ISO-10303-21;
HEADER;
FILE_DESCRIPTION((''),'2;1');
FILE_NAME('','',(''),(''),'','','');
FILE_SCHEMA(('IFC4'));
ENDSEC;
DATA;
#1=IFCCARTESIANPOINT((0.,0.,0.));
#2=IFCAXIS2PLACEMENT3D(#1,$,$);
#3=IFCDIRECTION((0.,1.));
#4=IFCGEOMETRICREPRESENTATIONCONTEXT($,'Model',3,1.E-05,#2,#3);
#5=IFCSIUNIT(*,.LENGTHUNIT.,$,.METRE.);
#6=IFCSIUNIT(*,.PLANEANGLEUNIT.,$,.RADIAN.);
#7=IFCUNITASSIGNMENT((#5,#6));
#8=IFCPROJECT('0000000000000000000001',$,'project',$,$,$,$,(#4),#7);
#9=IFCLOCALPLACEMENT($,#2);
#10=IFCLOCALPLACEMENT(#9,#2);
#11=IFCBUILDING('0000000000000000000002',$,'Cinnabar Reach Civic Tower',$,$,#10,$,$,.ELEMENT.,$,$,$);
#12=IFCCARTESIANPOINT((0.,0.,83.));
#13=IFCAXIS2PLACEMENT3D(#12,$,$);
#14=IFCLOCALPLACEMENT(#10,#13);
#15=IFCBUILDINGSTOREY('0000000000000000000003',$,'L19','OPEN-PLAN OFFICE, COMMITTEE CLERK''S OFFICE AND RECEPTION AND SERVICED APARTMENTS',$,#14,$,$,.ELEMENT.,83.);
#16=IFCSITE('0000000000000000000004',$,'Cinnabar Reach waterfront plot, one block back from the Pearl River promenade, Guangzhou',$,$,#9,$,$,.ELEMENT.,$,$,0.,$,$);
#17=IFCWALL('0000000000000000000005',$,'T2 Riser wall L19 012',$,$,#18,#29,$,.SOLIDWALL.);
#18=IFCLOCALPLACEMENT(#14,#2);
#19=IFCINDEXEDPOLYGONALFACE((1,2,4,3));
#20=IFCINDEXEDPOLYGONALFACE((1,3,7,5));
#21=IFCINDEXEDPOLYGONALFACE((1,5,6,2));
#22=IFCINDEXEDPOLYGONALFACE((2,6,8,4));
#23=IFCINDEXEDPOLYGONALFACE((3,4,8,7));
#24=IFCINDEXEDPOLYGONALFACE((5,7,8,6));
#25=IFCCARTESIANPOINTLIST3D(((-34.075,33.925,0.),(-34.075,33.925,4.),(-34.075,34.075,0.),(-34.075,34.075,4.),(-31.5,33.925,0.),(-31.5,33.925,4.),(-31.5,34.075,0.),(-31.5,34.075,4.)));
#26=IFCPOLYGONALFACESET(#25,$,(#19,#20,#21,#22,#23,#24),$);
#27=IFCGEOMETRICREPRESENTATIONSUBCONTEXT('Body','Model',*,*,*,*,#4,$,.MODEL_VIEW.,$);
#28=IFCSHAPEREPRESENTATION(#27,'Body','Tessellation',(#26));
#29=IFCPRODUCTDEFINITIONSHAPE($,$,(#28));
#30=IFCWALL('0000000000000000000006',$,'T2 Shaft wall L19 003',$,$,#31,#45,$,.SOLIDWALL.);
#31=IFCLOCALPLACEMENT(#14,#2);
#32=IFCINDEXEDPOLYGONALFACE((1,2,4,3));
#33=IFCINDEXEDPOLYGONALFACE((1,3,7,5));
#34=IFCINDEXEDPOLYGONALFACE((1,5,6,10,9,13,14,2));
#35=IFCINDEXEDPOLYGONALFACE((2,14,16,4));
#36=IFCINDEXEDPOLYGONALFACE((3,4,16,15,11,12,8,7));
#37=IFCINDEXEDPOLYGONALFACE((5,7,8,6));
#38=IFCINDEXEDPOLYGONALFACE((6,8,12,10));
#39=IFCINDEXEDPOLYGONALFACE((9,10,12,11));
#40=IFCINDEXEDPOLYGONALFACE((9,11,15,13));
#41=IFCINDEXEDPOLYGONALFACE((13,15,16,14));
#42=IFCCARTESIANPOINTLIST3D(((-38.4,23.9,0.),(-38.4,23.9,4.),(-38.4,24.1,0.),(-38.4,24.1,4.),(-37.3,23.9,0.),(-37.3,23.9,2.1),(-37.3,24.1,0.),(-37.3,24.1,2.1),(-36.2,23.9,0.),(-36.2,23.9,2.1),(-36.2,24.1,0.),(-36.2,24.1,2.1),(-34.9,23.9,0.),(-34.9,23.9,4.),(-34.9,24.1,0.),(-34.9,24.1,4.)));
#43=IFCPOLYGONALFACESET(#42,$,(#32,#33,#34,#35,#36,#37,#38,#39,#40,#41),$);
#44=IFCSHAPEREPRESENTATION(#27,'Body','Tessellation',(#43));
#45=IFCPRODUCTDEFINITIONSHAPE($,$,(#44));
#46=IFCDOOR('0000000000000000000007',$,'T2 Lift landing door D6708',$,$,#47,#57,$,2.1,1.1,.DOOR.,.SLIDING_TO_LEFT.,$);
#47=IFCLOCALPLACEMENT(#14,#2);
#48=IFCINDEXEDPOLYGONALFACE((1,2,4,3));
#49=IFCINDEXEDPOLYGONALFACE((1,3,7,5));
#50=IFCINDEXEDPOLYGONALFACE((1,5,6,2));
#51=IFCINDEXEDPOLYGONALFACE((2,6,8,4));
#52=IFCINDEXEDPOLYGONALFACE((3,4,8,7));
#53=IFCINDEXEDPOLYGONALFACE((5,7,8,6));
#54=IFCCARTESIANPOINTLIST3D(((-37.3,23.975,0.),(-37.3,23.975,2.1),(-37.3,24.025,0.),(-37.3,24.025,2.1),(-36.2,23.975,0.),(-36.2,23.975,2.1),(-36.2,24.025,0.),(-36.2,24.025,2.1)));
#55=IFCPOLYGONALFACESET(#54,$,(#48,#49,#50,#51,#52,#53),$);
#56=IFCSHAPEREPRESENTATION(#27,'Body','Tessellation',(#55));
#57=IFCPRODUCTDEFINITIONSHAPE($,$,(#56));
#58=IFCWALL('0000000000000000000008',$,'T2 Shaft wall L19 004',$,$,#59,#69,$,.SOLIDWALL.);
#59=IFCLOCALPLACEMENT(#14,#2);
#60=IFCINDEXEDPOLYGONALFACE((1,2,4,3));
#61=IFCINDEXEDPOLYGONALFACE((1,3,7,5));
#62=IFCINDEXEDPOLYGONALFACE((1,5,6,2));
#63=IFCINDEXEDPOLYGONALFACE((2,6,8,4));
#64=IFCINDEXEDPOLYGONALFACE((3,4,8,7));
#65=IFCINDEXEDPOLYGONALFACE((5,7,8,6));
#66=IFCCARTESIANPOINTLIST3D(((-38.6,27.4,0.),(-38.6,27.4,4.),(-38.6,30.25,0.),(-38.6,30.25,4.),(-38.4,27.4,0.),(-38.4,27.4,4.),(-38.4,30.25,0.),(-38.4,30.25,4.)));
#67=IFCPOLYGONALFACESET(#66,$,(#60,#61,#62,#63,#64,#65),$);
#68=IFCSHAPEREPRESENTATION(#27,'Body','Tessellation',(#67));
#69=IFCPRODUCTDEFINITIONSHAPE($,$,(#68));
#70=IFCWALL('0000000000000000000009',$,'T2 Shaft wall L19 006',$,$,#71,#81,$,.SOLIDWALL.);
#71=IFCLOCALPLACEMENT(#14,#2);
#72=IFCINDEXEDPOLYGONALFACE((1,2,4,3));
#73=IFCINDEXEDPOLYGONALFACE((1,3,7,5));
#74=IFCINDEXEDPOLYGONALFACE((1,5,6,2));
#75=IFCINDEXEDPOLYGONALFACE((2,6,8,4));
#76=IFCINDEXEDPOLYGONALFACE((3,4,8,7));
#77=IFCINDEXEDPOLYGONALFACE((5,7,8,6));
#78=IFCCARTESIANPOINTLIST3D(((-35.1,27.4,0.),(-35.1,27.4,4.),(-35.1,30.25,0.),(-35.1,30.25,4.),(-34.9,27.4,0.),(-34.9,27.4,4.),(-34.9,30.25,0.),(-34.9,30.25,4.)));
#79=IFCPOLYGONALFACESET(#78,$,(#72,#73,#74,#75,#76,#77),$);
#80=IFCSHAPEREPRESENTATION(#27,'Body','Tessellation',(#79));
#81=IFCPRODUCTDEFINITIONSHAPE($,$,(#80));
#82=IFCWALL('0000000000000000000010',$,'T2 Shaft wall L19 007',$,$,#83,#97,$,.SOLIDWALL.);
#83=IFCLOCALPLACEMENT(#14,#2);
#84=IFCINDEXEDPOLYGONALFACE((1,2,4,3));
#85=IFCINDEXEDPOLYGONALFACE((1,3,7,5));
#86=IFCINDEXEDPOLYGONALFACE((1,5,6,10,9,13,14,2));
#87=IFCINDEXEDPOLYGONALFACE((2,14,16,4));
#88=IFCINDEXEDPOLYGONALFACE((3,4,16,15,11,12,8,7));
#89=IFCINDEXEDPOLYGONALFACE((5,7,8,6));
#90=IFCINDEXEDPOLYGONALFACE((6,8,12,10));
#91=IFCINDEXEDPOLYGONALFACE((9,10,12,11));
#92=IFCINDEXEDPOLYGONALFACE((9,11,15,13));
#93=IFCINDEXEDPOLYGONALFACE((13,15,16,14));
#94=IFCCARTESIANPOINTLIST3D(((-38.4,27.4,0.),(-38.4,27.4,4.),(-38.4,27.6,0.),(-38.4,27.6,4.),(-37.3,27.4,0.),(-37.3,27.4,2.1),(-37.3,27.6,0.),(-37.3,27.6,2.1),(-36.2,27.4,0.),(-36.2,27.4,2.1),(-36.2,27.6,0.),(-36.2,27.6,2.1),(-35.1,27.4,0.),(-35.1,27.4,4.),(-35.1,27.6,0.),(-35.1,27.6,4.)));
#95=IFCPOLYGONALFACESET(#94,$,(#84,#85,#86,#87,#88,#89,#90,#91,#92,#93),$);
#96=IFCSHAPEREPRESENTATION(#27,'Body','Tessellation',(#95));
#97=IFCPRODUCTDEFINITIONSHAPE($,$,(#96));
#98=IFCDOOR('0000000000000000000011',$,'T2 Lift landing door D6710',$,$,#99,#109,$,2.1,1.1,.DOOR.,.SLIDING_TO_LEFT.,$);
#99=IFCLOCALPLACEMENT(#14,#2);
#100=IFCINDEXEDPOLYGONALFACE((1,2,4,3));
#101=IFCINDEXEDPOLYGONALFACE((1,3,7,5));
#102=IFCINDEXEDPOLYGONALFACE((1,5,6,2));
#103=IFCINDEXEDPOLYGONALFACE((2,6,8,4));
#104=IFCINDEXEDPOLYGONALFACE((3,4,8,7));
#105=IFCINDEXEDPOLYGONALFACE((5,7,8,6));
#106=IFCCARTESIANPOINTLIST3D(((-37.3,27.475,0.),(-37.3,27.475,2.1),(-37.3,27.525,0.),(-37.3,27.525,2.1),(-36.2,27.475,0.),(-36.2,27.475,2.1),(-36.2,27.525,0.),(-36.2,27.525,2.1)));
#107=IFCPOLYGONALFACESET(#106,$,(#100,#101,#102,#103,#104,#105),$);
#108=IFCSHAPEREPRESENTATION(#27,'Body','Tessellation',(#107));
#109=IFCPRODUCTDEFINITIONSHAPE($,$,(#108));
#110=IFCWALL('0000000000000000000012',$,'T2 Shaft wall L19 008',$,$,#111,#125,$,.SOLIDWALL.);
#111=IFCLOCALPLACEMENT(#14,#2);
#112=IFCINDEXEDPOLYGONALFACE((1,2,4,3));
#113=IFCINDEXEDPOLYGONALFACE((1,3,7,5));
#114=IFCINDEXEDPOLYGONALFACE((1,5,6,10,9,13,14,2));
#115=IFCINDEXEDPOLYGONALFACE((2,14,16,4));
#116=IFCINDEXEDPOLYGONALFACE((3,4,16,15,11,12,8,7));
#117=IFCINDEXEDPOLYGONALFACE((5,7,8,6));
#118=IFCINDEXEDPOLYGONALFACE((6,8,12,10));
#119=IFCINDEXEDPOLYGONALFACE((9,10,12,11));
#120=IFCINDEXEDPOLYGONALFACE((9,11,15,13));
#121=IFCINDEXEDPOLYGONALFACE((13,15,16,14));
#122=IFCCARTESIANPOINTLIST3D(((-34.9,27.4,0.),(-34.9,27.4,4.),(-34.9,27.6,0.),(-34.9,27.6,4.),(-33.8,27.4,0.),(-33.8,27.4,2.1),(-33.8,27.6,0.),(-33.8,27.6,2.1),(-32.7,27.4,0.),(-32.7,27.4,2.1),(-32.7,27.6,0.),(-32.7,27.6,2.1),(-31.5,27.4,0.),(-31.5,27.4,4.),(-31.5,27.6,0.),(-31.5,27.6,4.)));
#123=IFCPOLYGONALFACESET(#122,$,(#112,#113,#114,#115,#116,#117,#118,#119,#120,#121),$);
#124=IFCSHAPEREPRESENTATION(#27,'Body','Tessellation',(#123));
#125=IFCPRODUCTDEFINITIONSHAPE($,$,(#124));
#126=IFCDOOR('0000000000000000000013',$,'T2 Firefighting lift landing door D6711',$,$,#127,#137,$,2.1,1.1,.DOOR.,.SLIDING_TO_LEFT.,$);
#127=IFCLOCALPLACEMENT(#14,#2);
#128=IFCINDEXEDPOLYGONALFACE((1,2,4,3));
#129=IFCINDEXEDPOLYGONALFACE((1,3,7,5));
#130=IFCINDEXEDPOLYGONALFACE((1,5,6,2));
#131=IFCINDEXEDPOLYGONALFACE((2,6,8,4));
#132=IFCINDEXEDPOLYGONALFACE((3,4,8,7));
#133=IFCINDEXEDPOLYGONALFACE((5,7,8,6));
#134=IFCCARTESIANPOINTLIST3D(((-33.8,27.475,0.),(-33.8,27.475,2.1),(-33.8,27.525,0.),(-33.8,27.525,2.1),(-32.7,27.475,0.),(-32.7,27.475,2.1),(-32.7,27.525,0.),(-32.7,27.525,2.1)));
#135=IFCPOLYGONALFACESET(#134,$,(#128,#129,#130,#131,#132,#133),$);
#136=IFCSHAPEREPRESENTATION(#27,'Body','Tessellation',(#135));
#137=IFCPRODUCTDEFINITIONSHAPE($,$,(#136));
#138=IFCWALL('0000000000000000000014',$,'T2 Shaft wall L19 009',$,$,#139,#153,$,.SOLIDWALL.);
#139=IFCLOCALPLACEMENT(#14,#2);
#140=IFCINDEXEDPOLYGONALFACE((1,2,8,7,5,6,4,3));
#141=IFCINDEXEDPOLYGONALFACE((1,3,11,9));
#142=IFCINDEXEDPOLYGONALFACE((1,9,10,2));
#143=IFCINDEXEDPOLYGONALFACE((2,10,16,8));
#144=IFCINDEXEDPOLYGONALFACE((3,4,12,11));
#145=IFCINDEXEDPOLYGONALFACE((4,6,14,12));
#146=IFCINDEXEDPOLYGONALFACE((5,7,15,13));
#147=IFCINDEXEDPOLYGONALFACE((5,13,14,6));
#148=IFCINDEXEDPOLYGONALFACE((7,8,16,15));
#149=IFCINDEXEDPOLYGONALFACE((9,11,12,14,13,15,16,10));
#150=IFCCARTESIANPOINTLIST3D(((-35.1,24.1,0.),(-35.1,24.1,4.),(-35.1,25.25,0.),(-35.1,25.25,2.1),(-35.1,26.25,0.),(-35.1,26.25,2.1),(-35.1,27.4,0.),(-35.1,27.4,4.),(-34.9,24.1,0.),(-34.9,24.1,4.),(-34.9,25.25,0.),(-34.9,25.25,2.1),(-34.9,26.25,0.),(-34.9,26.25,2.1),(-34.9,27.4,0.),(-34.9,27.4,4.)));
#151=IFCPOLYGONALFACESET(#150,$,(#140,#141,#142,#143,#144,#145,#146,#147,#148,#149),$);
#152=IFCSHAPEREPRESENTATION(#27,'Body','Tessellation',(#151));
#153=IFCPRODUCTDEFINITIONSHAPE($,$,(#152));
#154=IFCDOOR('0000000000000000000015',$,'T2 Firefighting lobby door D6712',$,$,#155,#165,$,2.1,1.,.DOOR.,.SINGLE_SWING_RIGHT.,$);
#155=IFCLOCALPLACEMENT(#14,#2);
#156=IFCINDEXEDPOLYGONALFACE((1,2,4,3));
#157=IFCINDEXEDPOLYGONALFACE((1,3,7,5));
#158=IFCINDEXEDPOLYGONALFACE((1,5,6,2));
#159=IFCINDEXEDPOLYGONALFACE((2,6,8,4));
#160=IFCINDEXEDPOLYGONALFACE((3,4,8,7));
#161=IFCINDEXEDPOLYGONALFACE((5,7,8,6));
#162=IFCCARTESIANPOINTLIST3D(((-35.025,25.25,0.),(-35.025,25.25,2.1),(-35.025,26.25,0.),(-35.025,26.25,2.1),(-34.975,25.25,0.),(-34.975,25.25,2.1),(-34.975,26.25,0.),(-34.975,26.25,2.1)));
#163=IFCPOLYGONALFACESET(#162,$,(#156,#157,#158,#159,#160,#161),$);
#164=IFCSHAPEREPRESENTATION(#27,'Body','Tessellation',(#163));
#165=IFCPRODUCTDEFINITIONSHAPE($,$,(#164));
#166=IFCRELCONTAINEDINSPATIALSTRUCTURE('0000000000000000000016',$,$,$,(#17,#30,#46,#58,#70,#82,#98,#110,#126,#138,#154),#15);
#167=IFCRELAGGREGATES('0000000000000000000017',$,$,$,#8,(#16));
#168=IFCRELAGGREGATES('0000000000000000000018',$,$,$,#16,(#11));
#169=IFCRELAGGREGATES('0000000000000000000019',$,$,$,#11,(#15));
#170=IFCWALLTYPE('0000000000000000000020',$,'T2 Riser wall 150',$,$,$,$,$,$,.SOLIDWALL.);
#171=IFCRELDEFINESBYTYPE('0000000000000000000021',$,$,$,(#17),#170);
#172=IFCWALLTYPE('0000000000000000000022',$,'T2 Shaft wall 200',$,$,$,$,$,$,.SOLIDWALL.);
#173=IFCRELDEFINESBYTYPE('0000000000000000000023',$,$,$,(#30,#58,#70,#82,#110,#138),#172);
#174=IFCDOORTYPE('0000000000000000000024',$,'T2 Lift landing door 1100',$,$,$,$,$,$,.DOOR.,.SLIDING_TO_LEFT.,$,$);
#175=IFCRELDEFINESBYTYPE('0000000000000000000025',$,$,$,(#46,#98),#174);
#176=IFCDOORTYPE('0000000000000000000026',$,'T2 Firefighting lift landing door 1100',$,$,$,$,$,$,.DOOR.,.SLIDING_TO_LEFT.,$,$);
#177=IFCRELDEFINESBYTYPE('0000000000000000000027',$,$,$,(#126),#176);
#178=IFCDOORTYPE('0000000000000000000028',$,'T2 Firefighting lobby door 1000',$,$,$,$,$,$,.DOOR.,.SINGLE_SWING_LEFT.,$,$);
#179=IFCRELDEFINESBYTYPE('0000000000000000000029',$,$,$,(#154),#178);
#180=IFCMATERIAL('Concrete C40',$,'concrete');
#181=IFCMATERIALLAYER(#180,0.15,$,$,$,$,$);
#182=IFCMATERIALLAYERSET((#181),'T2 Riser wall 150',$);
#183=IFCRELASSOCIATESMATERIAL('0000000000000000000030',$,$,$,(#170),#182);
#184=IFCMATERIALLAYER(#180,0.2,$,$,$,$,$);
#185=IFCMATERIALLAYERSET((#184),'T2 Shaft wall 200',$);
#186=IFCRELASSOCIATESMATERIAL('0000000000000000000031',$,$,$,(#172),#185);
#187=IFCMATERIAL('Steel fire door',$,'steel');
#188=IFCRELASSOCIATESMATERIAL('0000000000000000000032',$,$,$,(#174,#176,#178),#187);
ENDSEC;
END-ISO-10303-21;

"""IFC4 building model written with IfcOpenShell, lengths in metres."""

from ifc_helpers import new_model, si_unit, direction, frame, frame_2d, origin, place, context, subcontext, project, spatial, rectangle, extrude, material, layer, layer_set, type_object, element, fill, save


model = new_model("IFC4")

# Units and contexts
model_context = context("Model", 3, precision=1e-05, world=origin(), true_north=direction((0.0, 1.0)))
body_context = subcontext(model_context, "Body", "Model", "MODEL_VIEW")
ifc_project = project(units=[si_unit("LENGTHUNIT", "METRE"), si_unit("PLANEANGLEUNIT", "RADIAN")], contexts=[model_context])

# Site, building, storey
site_placement = place(None, origin())
site = spatial("IfcSite", under=ifc_project, at=site_placement, Name="Cinnabar Reach waterfront plot, one block back from the Pearl River promenade, Guangzhou", CompositionType="ELEMENT", RefElevation=0.0)
building_placement = place(site_placement, origin())
building = spatial("IfcBuilding", under=site, at=building_placement, Name="Cinnabar Reach Civic Tower", CompositionType="ELEMENT")
storey_placement = place(building_placement, frame((0.0, 0.0, 83.0)))
storey = spatial("IfcBuildingStorey", under=building, at=storey_placement, Name="L19", Description="OPEN-PLAN OFFICE, COMMITTEE CLERK'S OFFICE AND RECEPTION AND SERVICED APARTMENTS", CompositionType="ELEMENT", Elevation=83.0)

# Shared definitions
ifc_material_1 = material(Name="Steel fire door", Category="steel")

# Wall
ifc_material_2 = material(Name="Concrete C40", Category="concrete")
ifc_layer_1 = layer(ifc_material_2, 0.15)
ifc_layer_set_1 = layer_set([ifc_layer_1], Name="T2 Riser wall 150")
wall_type_1 = type_object("IfcWallType", Name="T2 Riser wall 150", PredefinedType="SOLIDWALL", material=ifc_layer_set_1)
wall_1_placement = place(storey_placement, frame((-34.075, 34.0, 0.0), z_axis=(0.0, 0.0, 1.0), x_axis=(1.0, 0.0, 0.0)))
element("IfcWall", 1, at=wall_1_placement, inside=storey, type_object=wall_type_1, Name="T2 Riser wall L19 012", PredefinedType="SOLIDWALL", context=body_context, shape_type="SweptSolid", body=[
    extrude(rectangle(XDim=2.575, YDim=0.15, at=frame_2d((1.2875, 0.0))), origin(), (0.0, 0.0, 1.0), 4.0),
])

# Wall, opening, door
ifc_layer_2 = layer(ifc_material_2, 0.2)
ifc_layer_set_2 = layer_set([ifc_layer_2], Name="T2 Shaft wall 200")
wall_type_2 = type_object("IfcWallType", Name="T2 Shaft wall 200", PredefinedType="SOLIDWALL", material=ifc_layer_set_2)
wall_2_placement = place(storey_placement, frame((-34.9, 24.0, 0.0), z_axis=(0.0, 0.0, 1.0), x_axis=(-1.0, 0.0, 0.0)))
wall_2 = element("IfcWall", 2, at=wall_2_placement, inside=storey, type_object=wall_type_2, Name="T2 Shaft wall L19 003", PredefinedType="SOLIDWALL", context=body_context, shape_type="SweptSolid", body=[
    extrude(rectangle(XDim=3.5, YDim=0.2, at=frame_2d((1.75, 0.0))), origin(), (0.0, 0.0, 1.0), 4.0),
])
opening_1_placement = place(wall_2_placement, frame((1.3, 0.0, 0.0)))
opening_1 = element("IfcOpeningElement", 3, at=opening_1_placement, cuts=wall_2, PredefinedType="OPENING", context=body_context, shape_type="SweptSolid", body=[
    extrude(rectangle(XDim=1.1, YDim=2.1, at=frame_2d((0.55, 1.05))), frame((0.0, 0.11, 0.0), z_axis=(0.0, -1.0, 0.0), x_axis=(1.0, 0.0, 0.0)), (0.0, 0.0, 1.0), 0.22),
])
door_type_1 = type_object("IfcDoorType", Name="T2 Lift landing door 1100", OperationType="SLIDING_TO_LEFT", PredefinedType="DOOR", material=ifc_material_1)
door_1_placement = place(opening_1_placement, origin())
door_1 = element("IfcDoor", 4, at=door_1_placement, inside=storey, type_object=door_type_1, Name="T2 Lift landing door D6708", OperationType="SLIDING_TO_LEFT", OverallHeight=2.1, OverallWidth=1.1, PredefinedType="DOOR", context=body_context, shape_type="SweptSolid", body=[
    extrude(rectangle(XDim=1.1, YDim=2.1, at=frame_2d((0.55, 1.05))), frame((0.0, 0.025, 0.0), z_axis=(0.0, -1.0, 0.0), x_axis=(1.0, 0.0, 0.0)), (0.0, 0.0, 1.0), 0.05),
])
fill(opening_1, door_1)

# Walls
for number, where, z_axis, x_axis, name in (
    (5, (-38.5, 27.4, 0.0), (0.0, 0.0, 1.0), (0.0, 1.0, 0.0), "T2 Shaft wall L19 004"),
    (6, (-35.0, 27.4, 0.0), (0.0, 0.0, 1.0), (0.0, 1.0, 0.0), "T2 Shaft wall L19 006"),
):
    element("IfcWall", number, at=place(storey_placement, frame(where, z_axis=z_axis, x_axis=x_axis)), inside=storey, type_object=wall_type_2, Name=name, PredefinedType="SOLIDWALL", context=body_context, shape_type="SweptSolid", body=[
        extrude(rectangle(XDim=2.85, YDim=0.2, at=frame_2d((1.425, 0.0))), origin(), (0.0, 0.0, 1.0), 4.0),
    ])

# Walls, openings, doors
wall_3_placement = place(storey_placement, frame((-38.4, 27.5, 0.0), z_axis=(0.0, 0.0, 1.0), x_axis=(1.0, 0.0, 0.0)))
wall_3 = element("IfcWall", 7, at=wall_3_placement, inside=storey, type_object=wall_type_2, Name="T2 Shaft wall L19 007", PredefinedType="SOLIDWALL", context=body_context, shape_type="SweptSolid", body=[
    extrude(rectangle(XDim=3.3, YDim=0.2, at=frame_2d((1.65, 0.0))), origin(), (0.0, 0.0, 1.0), 4.0),
])
opening_2_placement = place(wall_3_placement, frame((1.1, 0.0, 0.0)))
opening_2 = element("IfcOpeningElement", 8, at=opening_2_placement, cuts=wall_3, PredefinedType="OPENING", context=body_context, shape_type="SweptSolid", body=[
    extrude(rectangle(XDim=1.1, YDim=2.1, at=frame_2d((0.55, 1.05))), frame((0.0, 0.11, 0.0), z_axis=(0.0, -1.0, 0.0), x_axis=(1.0, 0.0, 0.0)), (0.0, 0.0, 1.0), 0.22),
])
door_2_placement = place(opening_2_placement, origin())
door_2 = element("IfcDoor", 9, at=door_2_placement, inside=storey, type_object=door_type_1, Name="T2 Lift landing door D6710", OperationType="SLIDING_TO_LEFT", OverallHeight=2.1, OverallWidth=1.1, PredefinedType="DOOR", context=body_context, shape_type="SweptSolid", body=[
    extrude(rectangle(XDim=1.1, YDim=2.1, at=frame_2d((0.55, 1.05))), frame((0.0, 0.025, 0.0), z_axis=(0.0, -1.0, 0.0), x_axis=(1.0, 0.0, 0.0)), (0.0, 0.0, 1.0), 0.05),
])
fill(opening_2, door_2)
wall_4_placement = place(storey_placement, frame((-34.9, 27.5, 0.0), z_axis=(0.0, 0.0, 1.0), x_axis=(1.0, 0.0, 0.0)))
wall_4 = element("IfcWall", 10, at=wall_4_placement, inside=storey, type_object=wall_type_2, Name="T2 Shaft wall L19 008", PredefinedType="SOLIDWALL", context=body_context, shape_type="SweptSolid", body=[
    extrude(rectangle(XDim=3.4, YDim=0.2, at=frame_2d((1.7, 0.0))), origin(), (0.0, 0.0, 1.0), 4.0),
])
opening_3_placement = place(wall_4_placement, frame((1.1, 0.0, 0.0)))
opening_3 = element("IfcOpeningElement", 11, at=opening_3_placement, cuts=wall_4, PredefinedType="OPENING", context=body_context, shape_type="SweptSolid", body=[
    extrude(rectangle(XDim=1.1, YDim=2.1, at=frame_2d((0.55, 1.05))), frame((0.0, 0.11, 0.0), z_axis=(0.0, -1.0, 0.0), x_axis=(1.0, 0.0, 0.0)), (0.0, 0.0, 1.0), 0.22),
])
door_type_2 = type_object("IfcDoorType", Name="T2 Firefighting lift landing door 1100", OperationType="SLIDING_TO_LEFT", PredefinedType="DOOR", material=ifc_material_1)
door_3_placement = place(opening_3_placement, origin())
door_3 = element("IfcDoor", 12, at=door_3_placement, inside=storey, type_object=door_type_2, Name="T2 Firefighting lift landing door D6711", OperationType="SLIDING_TO_LEFT", OverallHeight=2.1, OverallWidth=1.1, PredefinedType="DOOR", context=body_context, shape_type="SweptSolid", body=[
    extrude(rectangle(XDim=1.1, YDim=2.1, at=frame_2d((0.55, 1.05))), frame((0.0, 0.025, 0.0), z_axis=(0.0, -1.0, 0.0), x_axis=(1.0, 0.0, 0.0)), (0.0, 0.0, 1.0), 0.05),
])
fill(opening_3, door_3)
wall_5_placement = place(storey_placement, frame((-35.0, 24.1, 0.0), z_axis=(0.0, 0.0, 1.0), x_axis=(0.0, 1.0, 0.0)))
wall_5 = element("IfcWall", 13, at=wall_5_placement, inside=storey, type_object=wall_type_2, Name="T2 Shaft wall L19 009", PredefinedType="SOLIDWALL", context=body_context, shape_type="SweptSolid", body=[
    extrude(rectangle(XDim=3.3, YDim=0.2, at=frame_2d((1.65, 0.0))), origin(), (0.0, 0.0, 1.0), 4.0),
])
opening_4_placement = place(wall_5_placement, frame((1.15, 0.0, 0.0)))
opening_4 = element("IfcOpeningElement", 14, at=opening_4_placement, cuts=wall_5, PredefinedType="OPENING", context=body_context, shape_type="SweptSolid", body=[
    extrude(rectangle(XDim=1.0, YDim=2.1, at=frame_2d((0.5, 1.05))), frame((0.0, 0.11, 0.0), z_axis=(0.0, -1.0, 0.0), x_axis=(1.0, 0.0, 0.0)), (0.0, 0.0, 1.0), 0.22),
])
door_type_3 = type_object("IfcDoorType", Name="T2 Firefighting lobby door 1000", OperationType="SINGLE_SWING_LEFT", PredefinedType="DOOR", material=ifc_material_1)
door_4_placement = place(opening_4_placement, origin())
door_4 = element("IfcDoor", 15, at=door_4_placement, inside=storey, type_object=door_type_3, Name="T2 Firefighting lobby door D6712", OperationType="SINGLE_SWING_RIGHT", OverallHeight=2.1, OverallWidth=1.0, PredefinedType="DOOR", context=body_context, shape_type="SweptSolid", body=[
    extrude(rectangle(XDim=1.0, YDim=2.1, at=frame_2d((0.5, 1.05))), frame((0.0, 0.025, 0.0), z_axis=(0.0, -1.0, 0.0), x_axis=(1.0, 0.0, 0.0)), (0.0, 0.0, 1.0), 0.05),
])
fill(opening_4, door_4)

save(model, "model.ifc")
